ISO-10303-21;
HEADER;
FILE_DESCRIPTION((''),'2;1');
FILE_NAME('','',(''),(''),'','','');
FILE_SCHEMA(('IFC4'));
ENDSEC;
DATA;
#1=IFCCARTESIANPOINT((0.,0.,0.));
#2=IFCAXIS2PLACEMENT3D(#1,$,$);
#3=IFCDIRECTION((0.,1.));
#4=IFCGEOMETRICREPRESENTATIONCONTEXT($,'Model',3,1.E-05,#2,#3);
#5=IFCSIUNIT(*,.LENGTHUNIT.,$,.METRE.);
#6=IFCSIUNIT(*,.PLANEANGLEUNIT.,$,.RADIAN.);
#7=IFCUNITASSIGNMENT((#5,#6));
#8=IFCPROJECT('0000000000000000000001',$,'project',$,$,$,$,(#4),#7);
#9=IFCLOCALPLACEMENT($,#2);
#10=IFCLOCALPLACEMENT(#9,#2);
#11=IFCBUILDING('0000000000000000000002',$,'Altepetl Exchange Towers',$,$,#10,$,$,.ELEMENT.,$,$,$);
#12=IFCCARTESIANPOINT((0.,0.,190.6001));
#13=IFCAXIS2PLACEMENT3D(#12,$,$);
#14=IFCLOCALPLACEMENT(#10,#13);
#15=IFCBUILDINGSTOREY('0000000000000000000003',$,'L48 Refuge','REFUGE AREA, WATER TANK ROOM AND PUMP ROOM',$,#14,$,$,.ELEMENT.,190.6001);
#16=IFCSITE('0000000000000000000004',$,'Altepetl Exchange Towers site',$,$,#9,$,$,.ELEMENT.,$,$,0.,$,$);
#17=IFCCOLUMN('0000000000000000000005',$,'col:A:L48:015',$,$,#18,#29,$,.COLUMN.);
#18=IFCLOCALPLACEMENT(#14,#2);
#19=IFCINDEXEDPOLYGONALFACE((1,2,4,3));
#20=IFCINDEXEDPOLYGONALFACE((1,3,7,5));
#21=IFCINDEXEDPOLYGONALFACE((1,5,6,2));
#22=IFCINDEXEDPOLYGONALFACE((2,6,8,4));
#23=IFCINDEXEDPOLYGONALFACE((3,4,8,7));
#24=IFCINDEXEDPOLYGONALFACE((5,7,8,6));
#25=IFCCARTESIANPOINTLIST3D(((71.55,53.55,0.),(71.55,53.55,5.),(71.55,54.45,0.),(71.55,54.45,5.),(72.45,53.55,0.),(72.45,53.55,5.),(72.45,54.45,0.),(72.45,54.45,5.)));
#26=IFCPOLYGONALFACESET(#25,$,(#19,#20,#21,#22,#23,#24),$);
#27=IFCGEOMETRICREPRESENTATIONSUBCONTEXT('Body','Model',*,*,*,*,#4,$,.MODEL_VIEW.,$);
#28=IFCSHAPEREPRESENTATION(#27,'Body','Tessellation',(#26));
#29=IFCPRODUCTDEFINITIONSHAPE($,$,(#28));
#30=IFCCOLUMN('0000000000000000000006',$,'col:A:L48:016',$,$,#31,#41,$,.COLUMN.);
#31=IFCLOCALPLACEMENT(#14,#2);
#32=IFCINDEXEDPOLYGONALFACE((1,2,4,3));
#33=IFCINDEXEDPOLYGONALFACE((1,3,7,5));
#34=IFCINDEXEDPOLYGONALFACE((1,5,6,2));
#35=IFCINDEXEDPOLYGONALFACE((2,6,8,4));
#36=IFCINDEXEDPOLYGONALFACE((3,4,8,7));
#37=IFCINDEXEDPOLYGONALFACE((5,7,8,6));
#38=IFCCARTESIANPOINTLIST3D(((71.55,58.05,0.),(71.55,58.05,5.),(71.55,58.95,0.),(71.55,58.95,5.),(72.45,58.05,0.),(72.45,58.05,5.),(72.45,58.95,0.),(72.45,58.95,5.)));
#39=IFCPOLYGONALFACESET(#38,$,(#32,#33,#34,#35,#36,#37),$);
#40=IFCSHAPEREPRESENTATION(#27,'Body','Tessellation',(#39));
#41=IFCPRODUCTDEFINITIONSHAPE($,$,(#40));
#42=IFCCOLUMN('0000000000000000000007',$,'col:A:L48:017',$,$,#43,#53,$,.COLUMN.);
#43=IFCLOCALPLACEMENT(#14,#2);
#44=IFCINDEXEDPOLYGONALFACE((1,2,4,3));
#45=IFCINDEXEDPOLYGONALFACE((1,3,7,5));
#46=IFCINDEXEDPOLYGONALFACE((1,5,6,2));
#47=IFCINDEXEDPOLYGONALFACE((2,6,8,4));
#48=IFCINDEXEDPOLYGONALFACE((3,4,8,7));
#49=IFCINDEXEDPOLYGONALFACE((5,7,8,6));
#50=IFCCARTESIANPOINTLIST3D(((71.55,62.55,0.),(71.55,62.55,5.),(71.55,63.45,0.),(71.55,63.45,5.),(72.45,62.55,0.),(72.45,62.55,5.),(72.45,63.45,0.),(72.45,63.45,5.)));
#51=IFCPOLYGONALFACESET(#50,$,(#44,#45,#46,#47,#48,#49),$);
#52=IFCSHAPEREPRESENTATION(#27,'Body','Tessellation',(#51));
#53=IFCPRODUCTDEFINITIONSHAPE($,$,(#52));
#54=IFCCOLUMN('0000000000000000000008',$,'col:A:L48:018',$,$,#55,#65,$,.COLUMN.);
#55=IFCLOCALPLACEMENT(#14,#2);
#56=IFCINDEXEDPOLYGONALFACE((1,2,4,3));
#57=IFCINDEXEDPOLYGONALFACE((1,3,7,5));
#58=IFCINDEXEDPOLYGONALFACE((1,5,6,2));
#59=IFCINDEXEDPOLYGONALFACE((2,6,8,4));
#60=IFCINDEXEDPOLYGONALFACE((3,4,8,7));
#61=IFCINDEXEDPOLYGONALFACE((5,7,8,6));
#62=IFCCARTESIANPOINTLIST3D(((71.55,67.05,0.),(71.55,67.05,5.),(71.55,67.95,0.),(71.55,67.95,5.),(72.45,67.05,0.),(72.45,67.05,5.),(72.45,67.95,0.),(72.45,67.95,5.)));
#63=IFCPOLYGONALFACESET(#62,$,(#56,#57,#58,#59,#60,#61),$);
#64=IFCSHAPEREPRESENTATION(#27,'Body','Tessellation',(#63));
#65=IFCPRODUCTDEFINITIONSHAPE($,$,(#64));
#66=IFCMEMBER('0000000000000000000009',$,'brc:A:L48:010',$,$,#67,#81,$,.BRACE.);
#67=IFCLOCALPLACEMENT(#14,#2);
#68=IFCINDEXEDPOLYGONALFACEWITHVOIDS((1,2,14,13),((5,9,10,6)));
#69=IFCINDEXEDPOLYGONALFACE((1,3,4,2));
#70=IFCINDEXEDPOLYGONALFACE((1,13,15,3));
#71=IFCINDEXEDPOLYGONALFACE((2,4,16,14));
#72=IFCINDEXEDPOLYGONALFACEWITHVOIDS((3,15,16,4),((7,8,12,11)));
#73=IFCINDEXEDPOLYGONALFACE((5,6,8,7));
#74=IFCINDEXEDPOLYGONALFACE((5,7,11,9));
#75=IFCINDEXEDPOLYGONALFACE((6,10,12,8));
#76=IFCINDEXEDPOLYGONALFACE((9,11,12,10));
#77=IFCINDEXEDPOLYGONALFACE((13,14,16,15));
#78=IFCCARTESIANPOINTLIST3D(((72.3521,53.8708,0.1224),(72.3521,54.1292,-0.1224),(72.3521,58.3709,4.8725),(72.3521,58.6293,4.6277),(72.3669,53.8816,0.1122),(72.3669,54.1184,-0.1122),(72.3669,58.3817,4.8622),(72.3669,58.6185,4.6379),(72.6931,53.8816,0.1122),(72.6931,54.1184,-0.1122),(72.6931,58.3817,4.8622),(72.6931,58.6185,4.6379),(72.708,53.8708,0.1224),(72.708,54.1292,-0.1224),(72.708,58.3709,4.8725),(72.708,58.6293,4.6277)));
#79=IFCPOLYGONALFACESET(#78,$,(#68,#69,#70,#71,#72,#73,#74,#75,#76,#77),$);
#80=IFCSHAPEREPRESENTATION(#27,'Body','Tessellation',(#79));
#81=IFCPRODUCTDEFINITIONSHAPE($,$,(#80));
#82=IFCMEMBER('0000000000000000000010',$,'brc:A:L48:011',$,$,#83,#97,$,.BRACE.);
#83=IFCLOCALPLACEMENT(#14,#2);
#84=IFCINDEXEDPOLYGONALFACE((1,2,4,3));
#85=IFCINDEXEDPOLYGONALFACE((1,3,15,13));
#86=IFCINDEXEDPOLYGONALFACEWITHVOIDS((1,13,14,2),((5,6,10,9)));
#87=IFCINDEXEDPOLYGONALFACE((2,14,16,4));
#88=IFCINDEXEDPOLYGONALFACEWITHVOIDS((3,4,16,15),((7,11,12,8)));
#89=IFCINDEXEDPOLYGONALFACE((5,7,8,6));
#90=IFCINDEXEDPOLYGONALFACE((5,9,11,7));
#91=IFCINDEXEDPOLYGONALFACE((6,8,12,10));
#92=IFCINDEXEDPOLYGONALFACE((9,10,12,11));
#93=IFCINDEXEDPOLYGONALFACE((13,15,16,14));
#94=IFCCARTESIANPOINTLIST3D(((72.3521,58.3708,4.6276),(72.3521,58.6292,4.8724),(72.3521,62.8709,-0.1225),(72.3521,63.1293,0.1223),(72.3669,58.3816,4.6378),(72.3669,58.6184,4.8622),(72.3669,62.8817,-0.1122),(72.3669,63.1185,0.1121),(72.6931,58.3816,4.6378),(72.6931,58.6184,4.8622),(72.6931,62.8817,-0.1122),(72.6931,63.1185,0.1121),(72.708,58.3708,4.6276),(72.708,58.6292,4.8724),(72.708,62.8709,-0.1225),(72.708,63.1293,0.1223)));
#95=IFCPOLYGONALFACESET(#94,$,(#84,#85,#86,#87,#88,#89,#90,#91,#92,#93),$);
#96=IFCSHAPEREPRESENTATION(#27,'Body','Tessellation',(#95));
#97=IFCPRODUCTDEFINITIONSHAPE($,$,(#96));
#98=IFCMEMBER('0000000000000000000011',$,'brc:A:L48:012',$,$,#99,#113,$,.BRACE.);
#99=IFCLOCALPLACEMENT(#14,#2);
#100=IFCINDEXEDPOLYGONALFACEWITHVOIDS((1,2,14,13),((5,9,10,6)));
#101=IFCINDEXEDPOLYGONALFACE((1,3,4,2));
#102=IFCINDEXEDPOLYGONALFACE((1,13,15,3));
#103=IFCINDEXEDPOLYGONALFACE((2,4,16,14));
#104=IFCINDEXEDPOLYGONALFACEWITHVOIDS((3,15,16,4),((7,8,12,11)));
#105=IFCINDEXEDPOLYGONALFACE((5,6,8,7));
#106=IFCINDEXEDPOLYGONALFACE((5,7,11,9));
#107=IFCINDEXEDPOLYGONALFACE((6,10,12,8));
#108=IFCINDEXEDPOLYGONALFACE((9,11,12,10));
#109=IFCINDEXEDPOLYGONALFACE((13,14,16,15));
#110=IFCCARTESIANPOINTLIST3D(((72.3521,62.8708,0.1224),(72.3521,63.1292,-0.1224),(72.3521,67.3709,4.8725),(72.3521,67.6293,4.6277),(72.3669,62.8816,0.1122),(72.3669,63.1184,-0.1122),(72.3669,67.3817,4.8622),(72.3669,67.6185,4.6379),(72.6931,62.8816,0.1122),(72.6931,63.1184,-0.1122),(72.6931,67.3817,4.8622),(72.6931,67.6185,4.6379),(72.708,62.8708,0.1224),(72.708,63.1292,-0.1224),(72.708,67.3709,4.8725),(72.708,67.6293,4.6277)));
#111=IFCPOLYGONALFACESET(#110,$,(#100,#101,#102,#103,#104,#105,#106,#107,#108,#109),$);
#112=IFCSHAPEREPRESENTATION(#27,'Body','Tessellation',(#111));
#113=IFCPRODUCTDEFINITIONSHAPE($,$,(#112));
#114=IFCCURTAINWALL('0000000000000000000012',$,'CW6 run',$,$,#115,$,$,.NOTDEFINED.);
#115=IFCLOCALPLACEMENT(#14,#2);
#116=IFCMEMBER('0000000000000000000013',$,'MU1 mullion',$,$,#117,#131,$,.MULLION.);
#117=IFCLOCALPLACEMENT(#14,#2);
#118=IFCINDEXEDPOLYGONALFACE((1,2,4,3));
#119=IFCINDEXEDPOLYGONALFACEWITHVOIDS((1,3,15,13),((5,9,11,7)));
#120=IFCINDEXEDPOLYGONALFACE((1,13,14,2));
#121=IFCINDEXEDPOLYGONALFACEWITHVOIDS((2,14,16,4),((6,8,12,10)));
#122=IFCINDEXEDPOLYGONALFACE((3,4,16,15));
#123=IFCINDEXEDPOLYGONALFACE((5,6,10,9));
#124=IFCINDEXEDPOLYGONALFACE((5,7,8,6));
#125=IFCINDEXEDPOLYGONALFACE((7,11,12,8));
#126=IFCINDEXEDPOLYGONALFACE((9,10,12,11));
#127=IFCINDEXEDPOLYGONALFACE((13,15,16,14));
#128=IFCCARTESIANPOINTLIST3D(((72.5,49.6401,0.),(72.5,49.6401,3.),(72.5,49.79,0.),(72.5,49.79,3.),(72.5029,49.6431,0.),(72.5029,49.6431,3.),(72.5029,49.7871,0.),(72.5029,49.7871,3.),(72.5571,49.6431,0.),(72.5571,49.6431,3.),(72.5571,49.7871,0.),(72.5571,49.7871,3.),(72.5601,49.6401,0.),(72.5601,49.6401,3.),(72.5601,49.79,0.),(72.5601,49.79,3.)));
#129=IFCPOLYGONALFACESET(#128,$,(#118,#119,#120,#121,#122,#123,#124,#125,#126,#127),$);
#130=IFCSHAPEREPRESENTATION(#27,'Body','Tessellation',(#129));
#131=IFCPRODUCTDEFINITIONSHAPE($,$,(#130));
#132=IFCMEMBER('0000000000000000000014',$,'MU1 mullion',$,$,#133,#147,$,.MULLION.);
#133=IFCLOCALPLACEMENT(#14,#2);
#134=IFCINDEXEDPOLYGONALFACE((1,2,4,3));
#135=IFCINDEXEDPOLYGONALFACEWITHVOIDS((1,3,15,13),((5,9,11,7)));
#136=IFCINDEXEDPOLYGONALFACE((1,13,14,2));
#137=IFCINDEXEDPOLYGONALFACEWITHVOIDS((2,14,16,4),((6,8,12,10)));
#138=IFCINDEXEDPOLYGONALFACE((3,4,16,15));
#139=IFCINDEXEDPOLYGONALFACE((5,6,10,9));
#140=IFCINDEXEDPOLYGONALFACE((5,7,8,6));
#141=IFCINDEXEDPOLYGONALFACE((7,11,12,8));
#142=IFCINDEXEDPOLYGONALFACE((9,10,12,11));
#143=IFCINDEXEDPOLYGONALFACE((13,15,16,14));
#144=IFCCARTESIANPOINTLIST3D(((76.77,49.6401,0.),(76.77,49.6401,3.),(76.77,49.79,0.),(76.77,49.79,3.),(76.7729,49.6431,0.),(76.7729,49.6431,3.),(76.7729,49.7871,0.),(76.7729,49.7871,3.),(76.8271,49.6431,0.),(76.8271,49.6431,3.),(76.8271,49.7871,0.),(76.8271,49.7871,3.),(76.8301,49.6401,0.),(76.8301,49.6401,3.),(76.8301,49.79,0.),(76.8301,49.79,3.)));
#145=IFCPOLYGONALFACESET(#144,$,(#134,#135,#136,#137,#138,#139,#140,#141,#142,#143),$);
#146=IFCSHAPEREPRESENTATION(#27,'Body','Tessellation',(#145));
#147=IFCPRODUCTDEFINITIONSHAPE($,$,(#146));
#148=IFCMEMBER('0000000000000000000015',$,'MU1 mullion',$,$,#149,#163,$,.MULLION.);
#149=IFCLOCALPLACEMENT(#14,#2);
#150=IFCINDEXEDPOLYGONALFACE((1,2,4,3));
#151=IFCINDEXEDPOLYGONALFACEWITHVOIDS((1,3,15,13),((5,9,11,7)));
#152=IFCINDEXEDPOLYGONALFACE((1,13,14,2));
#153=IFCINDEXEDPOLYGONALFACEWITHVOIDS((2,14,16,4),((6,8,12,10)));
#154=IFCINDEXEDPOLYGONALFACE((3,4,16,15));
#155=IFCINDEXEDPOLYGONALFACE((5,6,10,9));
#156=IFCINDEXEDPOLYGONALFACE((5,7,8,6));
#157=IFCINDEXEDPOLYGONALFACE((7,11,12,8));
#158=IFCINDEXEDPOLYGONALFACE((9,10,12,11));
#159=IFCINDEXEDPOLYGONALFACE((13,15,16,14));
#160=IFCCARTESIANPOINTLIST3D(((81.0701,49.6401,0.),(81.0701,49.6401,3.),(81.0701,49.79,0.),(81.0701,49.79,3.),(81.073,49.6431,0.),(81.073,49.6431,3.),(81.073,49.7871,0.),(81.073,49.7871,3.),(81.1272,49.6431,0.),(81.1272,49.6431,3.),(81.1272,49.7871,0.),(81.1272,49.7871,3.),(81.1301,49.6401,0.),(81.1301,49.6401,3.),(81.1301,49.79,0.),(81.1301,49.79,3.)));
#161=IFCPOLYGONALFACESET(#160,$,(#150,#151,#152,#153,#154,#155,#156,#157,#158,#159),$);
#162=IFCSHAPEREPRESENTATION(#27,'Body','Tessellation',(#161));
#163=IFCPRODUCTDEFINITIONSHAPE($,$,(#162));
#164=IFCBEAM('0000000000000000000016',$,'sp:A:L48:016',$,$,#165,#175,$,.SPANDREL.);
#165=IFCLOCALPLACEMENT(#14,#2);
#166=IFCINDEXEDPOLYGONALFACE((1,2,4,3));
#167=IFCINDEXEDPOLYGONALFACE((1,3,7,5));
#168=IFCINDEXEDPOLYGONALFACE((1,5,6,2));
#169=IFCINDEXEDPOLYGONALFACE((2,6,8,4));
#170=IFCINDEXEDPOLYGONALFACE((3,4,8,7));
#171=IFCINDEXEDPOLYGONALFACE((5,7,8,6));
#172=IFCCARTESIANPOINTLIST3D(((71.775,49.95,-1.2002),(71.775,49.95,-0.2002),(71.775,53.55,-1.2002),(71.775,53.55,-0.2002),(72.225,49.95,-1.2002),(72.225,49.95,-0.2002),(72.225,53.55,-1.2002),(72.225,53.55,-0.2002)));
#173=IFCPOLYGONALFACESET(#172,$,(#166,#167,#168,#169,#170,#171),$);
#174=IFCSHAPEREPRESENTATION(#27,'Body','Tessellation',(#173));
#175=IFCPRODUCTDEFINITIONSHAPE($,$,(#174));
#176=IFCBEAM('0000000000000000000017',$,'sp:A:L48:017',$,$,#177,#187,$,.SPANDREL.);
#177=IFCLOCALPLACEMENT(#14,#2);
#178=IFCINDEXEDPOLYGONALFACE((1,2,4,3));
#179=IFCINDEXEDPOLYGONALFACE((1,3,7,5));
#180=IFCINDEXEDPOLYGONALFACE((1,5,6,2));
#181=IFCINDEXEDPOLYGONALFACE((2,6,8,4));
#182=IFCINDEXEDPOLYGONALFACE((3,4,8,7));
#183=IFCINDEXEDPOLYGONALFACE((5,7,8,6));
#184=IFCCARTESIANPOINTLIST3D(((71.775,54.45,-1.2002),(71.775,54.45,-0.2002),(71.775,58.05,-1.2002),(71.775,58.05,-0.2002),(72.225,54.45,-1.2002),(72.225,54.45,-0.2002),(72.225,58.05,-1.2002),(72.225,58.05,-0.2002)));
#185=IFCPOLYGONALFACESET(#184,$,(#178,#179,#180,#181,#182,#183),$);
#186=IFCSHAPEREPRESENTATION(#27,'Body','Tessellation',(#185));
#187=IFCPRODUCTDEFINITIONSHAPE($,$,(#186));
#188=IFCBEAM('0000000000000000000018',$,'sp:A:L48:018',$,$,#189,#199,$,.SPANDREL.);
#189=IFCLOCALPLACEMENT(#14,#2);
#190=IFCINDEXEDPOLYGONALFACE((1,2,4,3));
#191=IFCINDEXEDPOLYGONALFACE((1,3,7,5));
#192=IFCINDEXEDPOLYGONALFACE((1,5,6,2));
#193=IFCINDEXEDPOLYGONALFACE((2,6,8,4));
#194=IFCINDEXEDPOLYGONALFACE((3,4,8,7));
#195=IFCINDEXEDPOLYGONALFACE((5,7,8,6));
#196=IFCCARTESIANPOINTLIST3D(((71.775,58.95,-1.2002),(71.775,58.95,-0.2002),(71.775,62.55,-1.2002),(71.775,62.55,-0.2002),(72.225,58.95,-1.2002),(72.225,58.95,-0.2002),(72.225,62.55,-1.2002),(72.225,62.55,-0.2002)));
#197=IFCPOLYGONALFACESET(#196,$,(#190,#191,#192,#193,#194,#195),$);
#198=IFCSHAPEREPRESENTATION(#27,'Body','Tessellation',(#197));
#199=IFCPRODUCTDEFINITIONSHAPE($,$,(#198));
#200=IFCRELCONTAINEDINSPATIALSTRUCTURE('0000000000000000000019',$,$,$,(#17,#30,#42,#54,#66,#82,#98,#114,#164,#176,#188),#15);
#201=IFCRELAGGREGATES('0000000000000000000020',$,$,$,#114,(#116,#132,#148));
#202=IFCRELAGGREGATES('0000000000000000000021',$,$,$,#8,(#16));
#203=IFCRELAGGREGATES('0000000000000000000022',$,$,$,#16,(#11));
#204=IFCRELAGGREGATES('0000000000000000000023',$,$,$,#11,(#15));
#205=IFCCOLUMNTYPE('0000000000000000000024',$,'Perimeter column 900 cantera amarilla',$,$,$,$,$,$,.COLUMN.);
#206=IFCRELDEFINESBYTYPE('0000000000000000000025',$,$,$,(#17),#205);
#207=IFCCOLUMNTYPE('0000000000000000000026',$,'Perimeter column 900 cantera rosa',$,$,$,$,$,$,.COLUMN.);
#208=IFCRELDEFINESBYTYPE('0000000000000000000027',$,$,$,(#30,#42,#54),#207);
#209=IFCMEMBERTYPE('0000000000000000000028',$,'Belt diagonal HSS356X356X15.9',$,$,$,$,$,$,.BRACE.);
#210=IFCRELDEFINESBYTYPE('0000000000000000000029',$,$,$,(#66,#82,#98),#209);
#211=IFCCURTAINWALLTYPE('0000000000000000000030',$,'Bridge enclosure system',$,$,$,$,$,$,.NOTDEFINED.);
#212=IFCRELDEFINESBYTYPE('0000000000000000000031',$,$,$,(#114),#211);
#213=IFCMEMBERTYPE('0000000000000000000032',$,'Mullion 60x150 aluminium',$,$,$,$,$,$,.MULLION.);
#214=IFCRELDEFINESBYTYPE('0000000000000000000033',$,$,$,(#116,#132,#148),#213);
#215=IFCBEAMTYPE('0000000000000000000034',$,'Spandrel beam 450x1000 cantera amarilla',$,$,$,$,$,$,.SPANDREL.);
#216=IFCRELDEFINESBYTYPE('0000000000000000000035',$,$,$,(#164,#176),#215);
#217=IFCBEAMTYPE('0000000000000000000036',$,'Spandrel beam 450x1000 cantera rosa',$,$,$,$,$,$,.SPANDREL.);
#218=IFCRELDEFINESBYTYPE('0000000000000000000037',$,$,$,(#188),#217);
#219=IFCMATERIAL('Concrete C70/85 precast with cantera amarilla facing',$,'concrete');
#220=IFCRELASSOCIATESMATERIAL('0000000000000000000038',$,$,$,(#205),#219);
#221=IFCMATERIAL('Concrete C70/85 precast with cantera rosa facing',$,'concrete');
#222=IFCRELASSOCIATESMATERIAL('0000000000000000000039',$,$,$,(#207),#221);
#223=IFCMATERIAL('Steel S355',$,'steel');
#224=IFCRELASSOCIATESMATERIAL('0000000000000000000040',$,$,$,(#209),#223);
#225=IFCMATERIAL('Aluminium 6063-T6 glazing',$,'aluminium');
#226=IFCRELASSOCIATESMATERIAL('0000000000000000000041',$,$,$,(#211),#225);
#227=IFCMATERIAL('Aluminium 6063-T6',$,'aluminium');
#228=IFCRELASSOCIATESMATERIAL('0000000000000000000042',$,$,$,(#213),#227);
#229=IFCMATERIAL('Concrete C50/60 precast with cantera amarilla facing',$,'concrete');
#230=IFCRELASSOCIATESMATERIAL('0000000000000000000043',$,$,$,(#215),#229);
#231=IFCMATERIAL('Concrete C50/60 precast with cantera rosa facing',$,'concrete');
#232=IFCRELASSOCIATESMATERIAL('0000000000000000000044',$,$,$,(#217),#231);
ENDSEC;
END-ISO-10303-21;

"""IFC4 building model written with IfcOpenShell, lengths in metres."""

from ifc_helpers import new_model, si_unit, direction, frame, origin, origin_2d, place, context, subcontext, project, spatial, rectangle, hollow_rectangle, extrude, material, material_profile, profile_set, type_object, element, aggregate, save


model = new_model("IFC4")

# Units and contexts
model_context = context("Model", 3, precision=1e-05, world=origin(), true_north=direction((0.0, 1.0)))
body_context = subcontext(model_context, "Body", "Model", "MODEL_VIEW")
ifc_project = project(units=[si_unit("LENGTHUNIT", "METRE"), si_unit("PLANEANGLEUNIT", "RADIAN")], contexts=[model_context])

# Site, building, storey
site_placement = place(None, origin())
site = spatial("IfcSite", under=ifc_project, at=site_placement, Name="Altepetl Exchange Towers site", CompositionType="ELEMENT", RefElevation=0.0)
building_placement = place(site_placement, origin())
building = spatial("IfcBuilding", under=site, at=building_placement, Name="Altepetl Exchange Towers", CompositionType="ELEMENT")
storey_placement = place(building_placement, frame((0.0, 0.0, 190.6001)))
storey = spatial("IfcBuildingStorey", under=building, at=storey_placement, Name="L48 Refuge", Description="REFUGE AREA, WATER TANK ROOM AND PUMP ROOM", CompositionType="ELEMENT", Elevation=190.6001)

# Columns
ifc_material_1 = material(Name="Concrete C70/85 precast with cantera amarilla facing", Category="concrete")
ifc_material_profile_1 = material_profile(ifc_material_1, rectangle(XDim=0.8999, YDim=0.8999, at=origin_2d()), Name="900 x 900")
ifc_profile_set_1 = profile_set([ifc_material_profile_1], Name="Concrete C70/85 precast with cantera amarilla facing")
column_type_1 = type_object("IfcColumnType", Name="Perimeter column 900 cantera amarilla", PredefinedType="COLUMN", material=ifc_profile_set_1)
column_placement = place(storey_placement, frame((72.0, 54.0, 0.0)))
element("IfcColumn", 1, at=column_placement, inside=storey, type_object=column_type_1, Name="col:A:L48:015", PredefinedType="COLUMN", context=body_context, shape_type="SweptSolid", body=[
    extrude(rectangle(XDim=0.8999, YDim=0.8999, at=origin_2d()), origin(), (0.0, 0.0, 1.0), 5.0),
])
ifc_material_2 = material(Name="Concrete C70/85 precast with cantera rosa facing", Category="concrete")
ifc_material_profile_2 = material_profile(ifc_material_2, rectangle(XDim=0.8999, YDim=0.8999, at=origin_2d()), Name="900 x 900")
ifc_profile_set_2 = profile_set([ifc_material_profile_2], Name="Concrete C70/85 precast with cantera rosa facing")
column_type_2 = type_object("IfcColumnType", Name="Perimeter column 900 cantera rosa", PredefinedType="COLUMN", material=ifc_profile_set_2)
for number, where, name in (
    (2, (72.0, 58.5, 0.0), "col:A:L48:016"),
    (3, (72.0, 63.0, 0.0), "col:A:L48:017"),
    (4, (72.0, 67.5, 0.0), "col:A:L48:018"),
):
    element("IfcColumn", number, at=place(storey_placement, frame(where)), inside=storey, type_object=column_type_2, Name=name, PredefinedType="COLUMN", context=body_context, shape_type="SweptSolid", body=[
        extrude(rectangle(XDim=0.8999, YDim=0.8999, at=origin_2d()), origin(), (0.0, 0.0, 1.0), 5.0),
    ])

# Members
ifc_material_3 = material(Name="Steel S355", Category="steel")
ifc_material_profile_3 = material_profile(ifc_material_3, hollow_rectangle(XDim=0.356, YDim=0.356, WallThickness=0.0149, at=origin_2d()), Name="HSS356X356X15.9")
ifc_profile_set_3 = profile_set([ifc_material_profile_3], Name="Steel S355")
member_type_1 = type_object("IfcMemberType", Name="Belt diagonal HSS356X356X15.9", PredefinedType="BRACE", material=ifc_profile_set_3)
for number, where, z_axis, x_axis, name in (
    (5, (72.53, 54.0, 0.0), (0.0, 0.687745, 0.725953), (-1.0, 0.0, 0.0), "brc:A:L48:010"),
    (6, (72.53, 58.5, 4.75), (0.0, 0.687745, -0.725953), (-1.0, 0.0, 0.0), "brc:A:L48:011"),
    (7, (72.53, 63.0, 0.0), (0.0, 0.687745, 0.725953), (-1.0, 0.0, 0.0), "brc:A:L48:012"),
):
    element("IfcMember", number, at=place(storey_placement, frame(where, z_axis=z_axis, x_axis=x_axis)), inside=storey, type_object=member_type_1, Name=name, PredefinedType="BRACE", context=body_context, shape_type="SweptSolid", body=[
        extrude(hollow_rectangle(XDim=0.356, YDim=0.356, WallThickness=0.0149, at=origin_2d()), origin(), (0.0, 0.0, 1.0), 6.5432),
    ])

# Curtain wall, members
ifc_material_4 = material(Name="Aluminium 6063-T6 glazing", Category="aluminium")
curtain_wall_type = type_object("IfcCurtainWallType", Name="Bridge enclosure system", PredefinedType="NOTDEFINED", material=ifc_material_4)
curtain_wall_placement = place(storey_placement, origin())
curtain_wall = element("IfcCurtainWall", 8, at=curtain_wall_placement, inside=storey, type_object=curtain_wall_type, Name="CW6 run", PredefinedType="NOTDEFINED")
ifc_material_5 = material(Name="Aluminium 6063-T6", Category="aluminium")
ifc_material_profile_4 = material_profile(ifc_material_5, hollow_rectangle(XDim=0.0601, YDim=0.1499, WallThickness=0.0029, at=origin_2d()), Name="Mullion 60x150 aluminium")
ifc_profile_set_4 = profile_set([ifc_material_profile_4], Name="Aluminium 6063-T6")
member_type_2 = type_object("IfcMemberType", Name="Mullion 60x150 aluminium", PredefinedType="MULLION", material=ifc_profile_set_4)
member_1_placement = place(storey_placement, frame((72.53, 49.7151, 0.0)))
member_1 = element("IfcMember", 9, at=member_1_placement, type_object=member_type_2, Name="MU1 mullion", PredefinedType="MULLION", context=body_context, shape_type="SweptSolid", body=[
    extrude(hollow_rectangle(XDim=0.0601, YDim=0.1499, WallThickness=0.0029, at=origin_2d()), origin(), (0.0, 0.0, 1.0), 3.0),
])
member_2_placement = place(storey_placement, frame((76.8, 49.7151, 0.0)))
member_2 = element("IfcMember", 10, at=member_2_placement, type_object=member_type_2, Name="MU1 mullion", PredefinedType="MULLION", context=body_context, shape_type="SweptSolid", body=[
    extrude(hollow_rectangle(XDim=0.0601, YDim=0.1499, WallThickness=0.0029, at=origin_2d()), origin(), (0.0, 0.0, 1.0), 3.0),
])
member_3_placement = place(storey_placement, frame((81.1001, 49.7151, 0.0)))
member_3 = element("IfcMember", 11, at=member_3_placement, type_object=member_type_2, Name="MU1 mullion", PredefinedType="MULLION", context=body_context, shape_type="SweptSolid", body=[
    extrude(hollow_rectangle(XDim=0.0601, YDim=0.1499, WallThickness=0.0029, at=origin_2d()), origin(), (0.0, 0.0, 1.0), 3.0),
])

# Beams
ifc_material_6 = material(Name="Concrete C50/60 precast with cantera amarilla facing", Category="concrete")
ifc_material_profile_5 = material_profile(ifc_material_6, rectangle(XDim=0.45, YDim=1.0, at=origin_2d()), Name="450 x 1000")
ifc_profile_set_5 = profile_set([ifc_material_profile_5], Name="Concrete C50/60 precast with cantera amarilla facing")
beam_type_1 = type_object("IfcBeamType", Name="Spandrel beam 450x1000 cantera amarilla", PredefinedType="SPANDREL", material=ifc_profile_set_5)
for number, where, z_axis, x_axis, name in (
    (12, (72.0, 49.95, -0.7002), (0.0, 1.0, 0.0), (-1.0, 0.0, 0.0), "sp:A:L48:016"),
    (13, (72.0, 54.45, -0.7002), (0.0, 1.0, 0.0), (-1.0, 0.0, 0.0), "sp:A:L48:017"),
):
    element("IfcBeam", number, at=place(storey_placement, frame(where, z_axis=z_axis, x_axis=x_axis)), inside=storey, type_object=beam_type_1, Name=name, PredefinedType="SPANDREL", context=body_context, shape_type="SweptSolid", body=[
        extrude(rectangle(XDim=0.45, YDim=1.0, at=origin_2d()), origin(), (0.0, 0.0, 1.0), 3.6001),
    ])
ifc_material_7 = material(Name="Concrete C50/60 precast with cantera rosa facing", Category="concrete")
ifc_material_profile_6 = material_profile(ifc_material_7, rectangle(XDim=0.45, YDim=1.0, at=origin_2d()), Name="450 x 1000")
ifc_profile_set_6 = profile_set([ifc_material_profile_6], Name="Concrete C50/60 precast with cantera rosa facing")
beam_type_2 = type_object("IfcBeamType", Name="Spandrel beam 450x1000 cantera rosa", PredefinedType="SPANDREL", material=ifc_profile_set_6)
for number, where, z_axis, x_axis, name in (
    (14, (72.0, 58.95, -0.7002), (0.0, 1.0, 0.0), (-1.0, 0.0, 0.0), "sp:A:L48:018"),
):
    element("IfcBeam", number, at=place(storey_placement, frame(where, z_axis=z_axis, x_axis=x_axis)), inside=storey, type_object=beam_type_2, Name=name, PredefinedType="SPANDREL", context=body_context, shape_type="SweptSolid", body=[
        extrude(rectangle(XDim=0.45, YDim=1.0, at=origin_2d()), origin(), (0.0, 0.0, 1.0), 3.6001),
    ])

aggregate(curtain_wall, [member_1, member_2, member_3])

save(model, "model.ifc")
